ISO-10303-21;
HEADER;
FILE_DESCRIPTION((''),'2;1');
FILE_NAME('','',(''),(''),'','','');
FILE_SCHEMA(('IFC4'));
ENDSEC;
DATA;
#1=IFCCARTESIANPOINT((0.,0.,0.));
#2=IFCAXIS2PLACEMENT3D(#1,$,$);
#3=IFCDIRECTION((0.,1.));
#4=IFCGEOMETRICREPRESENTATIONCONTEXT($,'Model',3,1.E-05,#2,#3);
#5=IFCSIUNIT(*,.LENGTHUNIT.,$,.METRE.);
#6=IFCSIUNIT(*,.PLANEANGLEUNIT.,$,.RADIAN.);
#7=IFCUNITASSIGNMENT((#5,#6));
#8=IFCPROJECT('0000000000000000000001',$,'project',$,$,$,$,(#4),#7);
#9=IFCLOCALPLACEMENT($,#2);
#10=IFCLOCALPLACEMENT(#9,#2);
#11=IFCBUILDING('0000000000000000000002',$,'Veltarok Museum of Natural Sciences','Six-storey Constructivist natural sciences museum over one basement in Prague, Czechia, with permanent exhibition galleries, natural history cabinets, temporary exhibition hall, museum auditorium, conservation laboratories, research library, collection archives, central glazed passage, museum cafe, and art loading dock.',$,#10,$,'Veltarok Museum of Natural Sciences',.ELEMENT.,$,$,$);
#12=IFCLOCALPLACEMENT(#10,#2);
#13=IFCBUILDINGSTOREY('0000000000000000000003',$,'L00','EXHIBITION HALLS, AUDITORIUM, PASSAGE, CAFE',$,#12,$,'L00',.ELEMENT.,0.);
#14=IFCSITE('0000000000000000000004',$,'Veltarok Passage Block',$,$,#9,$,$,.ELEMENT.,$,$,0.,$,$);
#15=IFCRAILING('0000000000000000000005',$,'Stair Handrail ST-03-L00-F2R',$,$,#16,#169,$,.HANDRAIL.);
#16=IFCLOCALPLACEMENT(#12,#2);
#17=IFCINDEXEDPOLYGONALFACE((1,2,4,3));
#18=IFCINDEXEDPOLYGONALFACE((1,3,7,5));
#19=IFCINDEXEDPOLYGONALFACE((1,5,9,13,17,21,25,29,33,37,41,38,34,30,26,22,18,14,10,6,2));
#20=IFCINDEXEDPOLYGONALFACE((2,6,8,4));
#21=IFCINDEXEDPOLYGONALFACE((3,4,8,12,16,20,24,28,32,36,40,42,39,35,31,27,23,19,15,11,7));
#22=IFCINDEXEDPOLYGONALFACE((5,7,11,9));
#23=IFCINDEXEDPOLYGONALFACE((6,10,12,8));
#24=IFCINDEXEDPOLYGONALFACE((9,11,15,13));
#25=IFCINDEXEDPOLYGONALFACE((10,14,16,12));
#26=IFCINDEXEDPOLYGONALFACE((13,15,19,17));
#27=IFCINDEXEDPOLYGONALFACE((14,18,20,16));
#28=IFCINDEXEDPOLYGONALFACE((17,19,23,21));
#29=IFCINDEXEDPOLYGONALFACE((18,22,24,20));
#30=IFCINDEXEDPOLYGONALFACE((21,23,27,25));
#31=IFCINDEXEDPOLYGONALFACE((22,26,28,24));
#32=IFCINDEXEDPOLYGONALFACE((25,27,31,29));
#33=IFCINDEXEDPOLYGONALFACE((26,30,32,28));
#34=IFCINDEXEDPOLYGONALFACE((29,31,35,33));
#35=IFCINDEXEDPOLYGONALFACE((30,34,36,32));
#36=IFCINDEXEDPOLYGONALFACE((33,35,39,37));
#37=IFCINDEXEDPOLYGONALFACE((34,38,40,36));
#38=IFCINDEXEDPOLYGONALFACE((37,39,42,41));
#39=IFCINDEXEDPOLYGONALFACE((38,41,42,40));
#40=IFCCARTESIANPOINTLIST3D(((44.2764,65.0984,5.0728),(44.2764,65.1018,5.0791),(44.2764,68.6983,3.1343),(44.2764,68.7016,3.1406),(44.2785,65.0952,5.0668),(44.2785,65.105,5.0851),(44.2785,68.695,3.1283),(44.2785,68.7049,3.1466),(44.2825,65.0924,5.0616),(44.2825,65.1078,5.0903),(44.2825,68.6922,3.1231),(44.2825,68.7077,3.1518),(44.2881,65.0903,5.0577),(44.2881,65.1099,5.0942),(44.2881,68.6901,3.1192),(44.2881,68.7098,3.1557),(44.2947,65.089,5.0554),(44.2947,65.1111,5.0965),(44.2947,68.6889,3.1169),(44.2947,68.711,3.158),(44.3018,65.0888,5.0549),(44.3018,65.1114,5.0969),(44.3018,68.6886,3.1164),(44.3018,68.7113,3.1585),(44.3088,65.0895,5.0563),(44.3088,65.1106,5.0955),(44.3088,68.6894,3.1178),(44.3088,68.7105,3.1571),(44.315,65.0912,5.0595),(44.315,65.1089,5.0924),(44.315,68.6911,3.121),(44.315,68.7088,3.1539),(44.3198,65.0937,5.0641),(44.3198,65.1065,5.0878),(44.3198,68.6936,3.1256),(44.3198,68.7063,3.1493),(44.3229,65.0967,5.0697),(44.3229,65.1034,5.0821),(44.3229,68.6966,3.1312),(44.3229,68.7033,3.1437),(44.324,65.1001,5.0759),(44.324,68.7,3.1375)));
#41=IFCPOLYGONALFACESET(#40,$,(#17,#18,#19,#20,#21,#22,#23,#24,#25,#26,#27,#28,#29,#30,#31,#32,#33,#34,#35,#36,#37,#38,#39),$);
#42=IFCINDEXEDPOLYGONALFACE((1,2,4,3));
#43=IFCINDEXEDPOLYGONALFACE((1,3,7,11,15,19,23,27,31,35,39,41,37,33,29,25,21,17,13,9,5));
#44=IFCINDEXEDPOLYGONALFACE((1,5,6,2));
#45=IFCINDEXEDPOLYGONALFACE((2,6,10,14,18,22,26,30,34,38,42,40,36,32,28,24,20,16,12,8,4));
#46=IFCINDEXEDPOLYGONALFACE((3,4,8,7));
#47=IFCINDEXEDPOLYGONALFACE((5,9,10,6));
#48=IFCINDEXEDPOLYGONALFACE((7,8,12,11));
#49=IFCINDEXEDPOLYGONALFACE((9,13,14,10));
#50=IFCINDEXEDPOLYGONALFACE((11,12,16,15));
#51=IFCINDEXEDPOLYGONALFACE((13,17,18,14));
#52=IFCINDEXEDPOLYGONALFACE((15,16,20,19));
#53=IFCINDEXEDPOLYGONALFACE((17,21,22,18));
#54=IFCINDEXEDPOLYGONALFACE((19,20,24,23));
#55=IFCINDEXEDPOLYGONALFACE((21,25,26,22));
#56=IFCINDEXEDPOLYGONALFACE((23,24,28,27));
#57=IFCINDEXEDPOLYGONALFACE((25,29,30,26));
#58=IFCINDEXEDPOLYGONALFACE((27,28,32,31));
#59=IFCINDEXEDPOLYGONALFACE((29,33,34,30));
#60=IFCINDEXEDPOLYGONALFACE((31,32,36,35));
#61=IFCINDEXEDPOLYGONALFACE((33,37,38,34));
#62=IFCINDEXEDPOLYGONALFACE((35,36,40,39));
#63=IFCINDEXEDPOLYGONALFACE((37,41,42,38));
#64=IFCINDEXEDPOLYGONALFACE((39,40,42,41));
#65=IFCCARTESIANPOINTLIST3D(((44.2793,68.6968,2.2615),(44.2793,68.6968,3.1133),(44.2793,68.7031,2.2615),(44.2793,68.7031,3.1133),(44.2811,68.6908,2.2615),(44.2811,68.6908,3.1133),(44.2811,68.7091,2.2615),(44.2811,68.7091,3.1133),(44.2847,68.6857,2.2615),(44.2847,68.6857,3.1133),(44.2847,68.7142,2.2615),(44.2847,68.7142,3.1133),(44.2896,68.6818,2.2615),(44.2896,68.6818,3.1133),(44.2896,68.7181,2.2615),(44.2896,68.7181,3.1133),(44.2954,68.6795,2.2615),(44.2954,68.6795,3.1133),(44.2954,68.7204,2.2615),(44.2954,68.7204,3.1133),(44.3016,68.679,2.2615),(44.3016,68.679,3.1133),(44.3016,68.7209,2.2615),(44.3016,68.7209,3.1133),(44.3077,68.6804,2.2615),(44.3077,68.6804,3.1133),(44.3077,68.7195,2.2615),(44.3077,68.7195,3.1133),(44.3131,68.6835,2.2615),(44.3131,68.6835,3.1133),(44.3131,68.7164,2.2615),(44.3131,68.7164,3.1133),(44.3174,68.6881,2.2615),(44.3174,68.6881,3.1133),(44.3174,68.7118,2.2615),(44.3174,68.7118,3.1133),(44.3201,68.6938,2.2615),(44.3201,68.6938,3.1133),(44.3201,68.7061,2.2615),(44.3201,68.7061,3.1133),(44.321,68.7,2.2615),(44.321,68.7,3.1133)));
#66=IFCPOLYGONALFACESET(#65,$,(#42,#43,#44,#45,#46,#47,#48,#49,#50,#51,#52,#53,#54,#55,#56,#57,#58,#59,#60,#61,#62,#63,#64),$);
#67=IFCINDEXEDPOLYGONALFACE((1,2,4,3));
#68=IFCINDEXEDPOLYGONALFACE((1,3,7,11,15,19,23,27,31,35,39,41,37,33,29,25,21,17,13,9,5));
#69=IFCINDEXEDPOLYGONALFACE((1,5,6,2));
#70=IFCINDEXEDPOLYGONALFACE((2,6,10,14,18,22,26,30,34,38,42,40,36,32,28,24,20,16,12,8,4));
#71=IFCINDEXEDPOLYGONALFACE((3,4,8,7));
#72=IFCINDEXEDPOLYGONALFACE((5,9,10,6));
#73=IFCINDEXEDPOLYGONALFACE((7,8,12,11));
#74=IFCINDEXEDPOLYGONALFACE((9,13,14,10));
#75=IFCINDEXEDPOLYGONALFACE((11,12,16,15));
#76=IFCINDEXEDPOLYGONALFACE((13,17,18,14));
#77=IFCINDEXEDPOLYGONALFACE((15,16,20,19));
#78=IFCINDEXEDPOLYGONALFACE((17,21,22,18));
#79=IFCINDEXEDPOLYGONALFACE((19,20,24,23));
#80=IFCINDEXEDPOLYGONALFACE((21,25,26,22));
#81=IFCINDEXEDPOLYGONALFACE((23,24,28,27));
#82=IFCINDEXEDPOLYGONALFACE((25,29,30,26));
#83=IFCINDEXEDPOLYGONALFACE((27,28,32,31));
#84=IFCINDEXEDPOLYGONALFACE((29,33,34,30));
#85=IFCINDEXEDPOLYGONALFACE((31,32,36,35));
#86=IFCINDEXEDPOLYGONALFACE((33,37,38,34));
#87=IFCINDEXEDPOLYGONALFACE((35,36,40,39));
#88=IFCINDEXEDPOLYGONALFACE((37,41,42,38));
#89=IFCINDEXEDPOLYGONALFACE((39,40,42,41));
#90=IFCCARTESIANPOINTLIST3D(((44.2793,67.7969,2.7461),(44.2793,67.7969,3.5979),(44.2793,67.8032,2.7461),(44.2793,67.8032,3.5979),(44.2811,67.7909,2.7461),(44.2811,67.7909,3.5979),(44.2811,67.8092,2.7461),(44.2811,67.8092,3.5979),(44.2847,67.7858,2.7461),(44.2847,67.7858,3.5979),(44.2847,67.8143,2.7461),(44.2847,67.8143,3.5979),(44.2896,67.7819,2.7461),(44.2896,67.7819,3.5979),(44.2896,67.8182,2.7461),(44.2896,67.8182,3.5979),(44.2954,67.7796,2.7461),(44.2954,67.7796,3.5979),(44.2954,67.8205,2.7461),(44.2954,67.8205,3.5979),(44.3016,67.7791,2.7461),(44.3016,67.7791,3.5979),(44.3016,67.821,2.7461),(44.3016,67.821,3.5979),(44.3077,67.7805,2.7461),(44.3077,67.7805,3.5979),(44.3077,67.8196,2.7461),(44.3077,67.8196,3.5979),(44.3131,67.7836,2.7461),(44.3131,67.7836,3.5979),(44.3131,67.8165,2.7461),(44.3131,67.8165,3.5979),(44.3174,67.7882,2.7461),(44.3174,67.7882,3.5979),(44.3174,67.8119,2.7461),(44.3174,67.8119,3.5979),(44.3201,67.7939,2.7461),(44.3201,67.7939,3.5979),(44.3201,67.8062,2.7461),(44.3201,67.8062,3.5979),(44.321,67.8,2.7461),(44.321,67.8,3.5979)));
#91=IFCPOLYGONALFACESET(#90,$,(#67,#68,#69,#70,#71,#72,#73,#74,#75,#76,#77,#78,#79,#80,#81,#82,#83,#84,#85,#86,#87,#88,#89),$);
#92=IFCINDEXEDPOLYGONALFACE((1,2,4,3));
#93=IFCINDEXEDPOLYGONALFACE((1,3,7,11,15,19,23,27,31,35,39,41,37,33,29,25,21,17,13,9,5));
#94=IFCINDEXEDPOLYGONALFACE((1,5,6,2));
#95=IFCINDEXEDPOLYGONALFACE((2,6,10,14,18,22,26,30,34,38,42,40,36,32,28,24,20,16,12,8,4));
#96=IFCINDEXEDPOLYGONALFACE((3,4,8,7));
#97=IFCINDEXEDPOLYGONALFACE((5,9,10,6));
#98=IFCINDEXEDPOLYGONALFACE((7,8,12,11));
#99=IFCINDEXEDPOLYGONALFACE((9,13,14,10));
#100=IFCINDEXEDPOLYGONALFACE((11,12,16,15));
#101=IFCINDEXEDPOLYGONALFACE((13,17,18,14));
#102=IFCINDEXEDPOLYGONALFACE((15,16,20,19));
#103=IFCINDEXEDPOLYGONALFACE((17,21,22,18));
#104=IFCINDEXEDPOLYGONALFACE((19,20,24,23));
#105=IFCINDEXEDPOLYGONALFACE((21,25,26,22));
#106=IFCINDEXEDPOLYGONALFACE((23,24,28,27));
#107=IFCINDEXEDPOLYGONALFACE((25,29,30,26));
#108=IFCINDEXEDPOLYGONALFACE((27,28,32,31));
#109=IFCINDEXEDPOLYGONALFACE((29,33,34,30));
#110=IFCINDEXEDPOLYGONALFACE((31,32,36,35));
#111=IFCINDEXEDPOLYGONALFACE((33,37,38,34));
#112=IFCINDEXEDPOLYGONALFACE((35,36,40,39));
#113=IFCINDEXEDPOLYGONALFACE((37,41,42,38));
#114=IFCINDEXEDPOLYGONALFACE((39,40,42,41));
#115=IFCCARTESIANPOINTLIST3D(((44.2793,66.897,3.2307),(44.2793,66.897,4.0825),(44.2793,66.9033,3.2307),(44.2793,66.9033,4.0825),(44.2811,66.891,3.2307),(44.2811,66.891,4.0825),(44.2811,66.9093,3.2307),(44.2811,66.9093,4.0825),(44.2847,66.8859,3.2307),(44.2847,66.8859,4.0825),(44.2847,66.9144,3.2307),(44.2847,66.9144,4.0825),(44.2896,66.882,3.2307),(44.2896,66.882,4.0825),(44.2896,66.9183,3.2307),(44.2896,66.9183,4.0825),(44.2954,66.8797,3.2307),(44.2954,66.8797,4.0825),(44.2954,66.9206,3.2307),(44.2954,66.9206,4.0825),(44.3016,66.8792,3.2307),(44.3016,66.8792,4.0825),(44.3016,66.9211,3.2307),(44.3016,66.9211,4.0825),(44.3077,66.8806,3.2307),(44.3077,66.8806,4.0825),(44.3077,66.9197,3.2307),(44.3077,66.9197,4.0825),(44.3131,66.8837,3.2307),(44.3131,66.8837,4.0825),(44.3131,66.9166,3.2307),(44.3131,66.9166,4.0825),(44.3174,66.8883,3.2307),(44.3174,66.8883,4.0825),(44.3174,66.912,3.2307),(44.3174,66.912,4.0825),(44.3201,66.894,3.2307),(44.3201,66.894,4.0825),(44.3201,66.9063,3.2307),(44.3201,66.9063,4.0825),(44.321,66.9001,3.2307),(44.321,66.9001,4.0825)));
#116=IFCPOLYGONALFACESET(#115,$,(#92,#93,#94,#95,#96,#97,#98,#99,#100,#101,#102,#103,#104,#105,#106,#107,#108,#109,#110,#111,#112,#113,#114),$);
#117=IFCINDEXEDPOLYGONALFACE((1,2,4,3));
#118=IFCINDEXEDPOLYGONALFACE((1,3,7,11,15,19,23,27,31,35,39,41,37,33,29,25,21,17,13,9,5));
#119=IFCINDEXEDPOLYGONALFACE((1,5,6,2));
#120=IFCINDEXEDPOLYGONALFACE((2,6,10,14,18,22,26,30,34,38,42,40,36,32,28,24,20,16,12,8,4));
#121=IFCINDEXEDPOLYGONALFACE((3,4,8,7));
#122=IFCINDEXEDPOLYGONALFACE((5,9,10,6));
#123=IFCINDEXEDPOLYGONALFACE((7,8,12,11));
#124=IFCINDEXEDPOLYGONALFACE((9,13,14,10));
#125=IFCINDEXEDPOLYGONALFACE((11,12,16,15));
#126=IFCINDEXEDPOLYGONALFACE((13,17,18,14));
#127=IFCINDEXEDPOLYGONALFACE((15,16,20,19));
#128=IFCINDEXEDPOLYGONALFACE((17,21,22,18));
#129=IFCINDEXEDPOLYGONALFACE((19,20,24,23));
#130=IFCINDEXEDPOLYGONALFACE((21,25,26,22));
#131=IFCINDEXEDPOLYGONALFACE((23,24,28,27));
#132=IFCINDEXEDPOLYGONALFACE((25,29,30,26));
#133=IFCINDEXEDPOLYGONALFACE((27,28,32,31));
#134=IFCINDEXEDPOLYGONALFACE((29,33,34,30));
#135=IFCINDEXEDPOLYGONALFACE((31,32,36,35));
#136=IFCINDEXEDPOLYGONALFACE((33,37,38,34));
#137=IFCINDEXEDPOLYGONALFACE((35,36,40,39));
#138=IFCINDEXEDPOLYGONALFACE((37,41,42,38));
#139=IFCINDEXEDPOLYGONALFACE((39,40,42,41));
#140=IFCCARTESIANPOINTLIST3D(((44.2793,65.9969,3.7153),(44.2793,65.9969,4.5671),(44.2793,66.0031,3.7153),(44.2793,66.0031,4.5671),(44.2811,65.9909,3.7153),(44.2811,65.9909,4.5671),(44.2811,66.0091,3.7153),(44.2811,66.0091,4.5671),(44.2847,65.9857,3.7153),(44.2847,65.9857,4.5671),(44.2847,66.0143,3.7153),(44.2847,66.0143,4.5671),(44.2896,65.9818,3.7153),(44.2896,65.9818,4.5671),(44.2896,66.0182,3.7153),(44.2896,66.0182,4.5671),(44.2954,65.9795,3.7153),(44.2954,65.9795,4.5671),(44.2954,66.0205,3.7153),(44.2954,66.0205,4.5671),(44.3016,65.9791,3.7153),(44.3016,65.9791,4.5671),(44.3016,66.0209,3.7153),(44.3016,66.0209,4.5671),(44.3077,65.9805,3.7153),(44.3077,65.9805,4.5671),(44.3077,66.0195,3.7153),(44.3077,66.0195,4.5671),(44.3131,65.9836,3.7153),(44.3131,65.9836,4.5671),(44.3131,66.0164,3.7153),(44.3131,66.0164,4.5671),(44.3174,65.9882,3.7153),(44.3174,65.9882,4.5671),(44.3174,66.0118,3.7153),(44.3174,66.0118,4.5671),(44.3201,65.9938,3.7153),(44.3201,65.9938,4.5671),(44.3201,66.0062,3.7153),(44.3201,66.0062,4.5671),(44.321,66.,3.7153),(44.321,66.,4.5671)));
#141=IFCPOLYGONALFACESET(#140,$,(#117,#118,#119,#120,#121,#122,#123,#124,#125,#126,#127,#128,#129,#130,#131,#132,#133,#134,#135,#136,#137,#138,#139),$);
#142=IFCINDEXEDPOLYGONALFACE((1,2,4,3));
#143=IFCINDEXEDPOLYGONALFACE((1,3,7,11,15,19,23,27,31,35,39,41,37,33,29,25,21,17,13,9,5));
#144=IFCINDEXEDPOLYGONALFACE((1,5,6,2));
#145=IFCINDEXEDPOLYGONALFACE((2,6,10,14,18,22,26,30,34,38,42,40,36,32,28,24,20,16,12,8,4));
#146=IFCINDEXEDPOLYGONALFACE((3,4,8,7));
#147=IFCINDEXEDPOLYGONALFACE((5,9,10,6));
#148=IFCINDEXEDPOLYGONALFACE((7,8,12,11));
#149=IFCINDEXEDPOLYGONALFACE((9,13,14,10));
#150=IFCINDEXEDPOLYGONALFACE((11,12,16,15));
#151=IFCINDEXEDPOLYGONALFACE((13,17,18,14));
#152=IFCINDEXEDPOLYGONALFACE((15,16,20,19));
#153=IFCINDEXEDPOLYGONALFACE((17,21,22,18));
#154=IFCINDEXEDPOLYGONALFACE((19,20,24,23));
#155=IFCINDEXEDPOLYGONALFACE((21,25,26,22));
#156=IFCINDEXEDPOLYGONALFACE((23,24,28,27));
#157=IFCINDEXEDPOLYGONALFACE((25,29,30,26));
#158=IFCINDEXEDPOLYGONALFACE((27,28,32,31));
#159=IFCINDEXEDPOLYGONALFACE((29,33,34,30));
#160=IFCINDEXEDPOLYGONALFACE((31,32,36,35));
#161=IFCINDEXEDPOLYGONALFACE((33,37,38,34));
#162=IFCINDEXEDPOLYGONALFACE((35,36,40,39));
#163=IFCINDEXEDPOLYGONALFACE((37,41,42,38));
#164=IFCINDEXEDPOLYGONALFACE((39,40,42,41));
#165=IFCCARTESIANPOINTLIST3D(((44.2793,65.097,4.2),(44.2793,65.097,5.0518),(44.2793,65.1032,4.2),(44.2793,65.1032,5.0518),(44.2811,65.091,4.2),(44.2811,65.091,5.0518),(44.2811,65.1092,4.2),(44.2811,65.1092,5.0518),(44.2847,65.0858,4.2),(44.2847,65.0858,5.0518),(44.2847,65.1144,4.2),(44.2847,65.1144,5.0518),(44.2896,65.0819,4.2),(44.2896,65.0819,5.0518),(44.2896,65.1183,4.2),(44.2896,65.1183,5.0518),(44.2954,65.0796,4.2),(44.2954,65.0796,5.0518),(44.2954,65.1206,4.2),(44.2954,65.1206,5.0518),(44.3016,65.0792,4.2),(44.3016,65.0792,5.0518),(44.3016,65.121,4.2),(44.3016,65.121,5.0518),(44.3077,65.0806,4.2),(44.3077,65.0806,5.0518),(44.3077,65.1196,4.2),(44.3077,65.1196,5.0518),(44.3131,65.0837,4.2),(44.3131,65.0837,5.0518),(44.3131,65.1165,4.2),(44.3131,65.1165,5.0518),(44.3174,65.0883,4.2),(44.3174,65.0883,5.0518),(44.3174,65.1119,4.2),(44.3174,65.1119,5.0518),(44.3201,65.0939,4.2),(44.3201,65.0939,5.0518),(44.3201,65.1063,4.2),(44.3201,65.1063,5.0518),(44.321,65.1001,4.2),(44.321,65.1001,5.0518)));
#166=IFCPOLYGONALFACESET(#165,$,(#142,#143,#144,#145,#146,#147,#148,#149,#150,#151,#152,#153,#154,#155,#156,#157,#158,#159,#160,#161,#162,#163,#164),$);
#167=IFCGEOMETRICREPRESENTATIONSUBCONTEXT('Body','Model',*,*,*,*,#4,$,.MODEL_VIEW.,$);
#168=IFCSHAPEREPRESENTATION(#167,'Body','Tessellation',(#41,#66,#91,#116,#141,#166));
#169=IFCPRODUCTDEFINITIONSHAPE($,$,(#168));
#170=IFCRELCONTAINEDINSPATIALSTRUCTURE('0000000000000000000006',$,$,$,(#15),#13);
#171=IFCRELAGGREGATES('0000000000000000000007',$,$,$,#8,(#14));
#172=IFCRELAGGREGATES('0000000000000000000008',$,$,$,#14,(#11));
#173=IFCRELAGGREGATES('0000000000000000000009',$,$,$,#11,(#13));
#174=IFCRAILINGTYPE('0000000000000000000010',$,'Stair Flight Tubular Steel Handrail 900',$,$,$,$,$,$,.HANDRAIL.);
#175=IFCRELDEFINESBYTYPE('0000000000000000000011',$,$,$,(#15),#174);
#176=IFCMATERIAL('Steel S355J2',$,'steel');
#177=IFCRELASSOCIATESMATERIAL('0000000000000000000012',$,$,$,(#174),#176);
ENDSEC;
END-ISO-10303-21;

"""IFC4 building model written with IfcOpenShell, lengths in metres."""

from ifc_helpers import new_model, si_unit, direction, frame, origin, origin_2d, place, context, subcontext, project, spatial, circle, extrude, material, type_object, element, save


model = new_model("IFC4")

# Units and contexts
model_context = context("Model", 3, precision=1e-05, world=origin(), true_north=direction((0.0, 1.0)))
body_context = subcontext(model_context, "Body", "Model", "MODEL_VIEW")
ifc_project = project(units=[si_unit("LENGTHUNIT", "METRE"), si_unit("PLANEANGLEUNIT", "RADIAN")], contexts=[model_context])

# Site, building, storey
site_placement = place(None, origin())
site = spatial("IfcSite", under=ifc_project, at=site_placement, Name="Veltarok Passage Block", CompositionType="ELEMENT", RefElevation=0.0)
building_placement = place(site_placement, origin())
building = spatial("IfcBuilding", under=site, at=building_placement, Name="Veltarok Museum of Natural Sciences", Description="Six-storey Constructivist natural sciences museum over one basement in Prague, Czechia, with permanent exhibition galleries, natural history cabinets, temporary exhibition hall, museum auditorium, conservation laboratories, research library, collection archives, central glazed passage, museum cafe, and art loading dock.", LongName="Veltarok Museum of Natural Sciences", CompositionType="ELEMENT")
storey_placement = place(building_placement, origin())
storey = spatial("IfcBuildingStorey", under=building, at=storey_placement, Name="L00", Description="EXHIBITION HALLS, AUDITORIUM, PASSAGE, CAFE", LongName="L00", CompositionType="ELEMENT", Elevation=0.0)

# Railing
ifc_material_1 = material(Name="Steel S355J2", Category="steel")
railing_type_1 = type_object("IfcRailingType", Name="Stair Flight Tubular Steel Handrail 900", PredefinedType="HANDRAIL", material=ifc_material_1)
for number, where, name in (
    (1, (44.3, 68.7, 2.2615), "Stair Handrail ST-03-L00-F2R"),
):
    element("IfcRailing", number, at=place(storey_placement, frame(where)), inside=storey, type_object=railing_type_1, Name=name, PredefinedType="HANDRAIL", context=body_context, shape_type="SweptSolid", body=[
        extrude(circle(Radius=0.0239, at=origin_2d()), frame((0.0, 0.0, 0.876), z_axis=(0.0, -0.880462, 0.474118), x_axis=(1.0, 0.0, 0.0)), (0.0, 0.0, 1.0), 4.0886),
        extrude(circle(Radius=0.021, at=origin_2d()), origin(), (0.0, 0.0, 1.0), 0.8518),
        extrude(circle(Radius=0.021, at=origin_2d()), frame((0.0, -0.8999, 0.4846)), (0.0, 0.0, 1.0), 0.8518),
        extrude(circle(Radius=0.021, at=origin_2d()), frame((0.0, -1.7998, 0.9692)), (0.0, 0.0, 1.0), 0.8518),
        extrude(circle(Radius=0.021, at=origin_2d()), frame((0.0, -2.7, 1.4539)), (0.0, 0.0, 1.0), 0.8518),
        extrude(circle(Radius=0.021, at=origin_2d()), frame((0.0, -3.5999, 1.9385)), (0.0, 0.0, 1.0), 0.8518),
    ])

save(model, "model.ifc")
